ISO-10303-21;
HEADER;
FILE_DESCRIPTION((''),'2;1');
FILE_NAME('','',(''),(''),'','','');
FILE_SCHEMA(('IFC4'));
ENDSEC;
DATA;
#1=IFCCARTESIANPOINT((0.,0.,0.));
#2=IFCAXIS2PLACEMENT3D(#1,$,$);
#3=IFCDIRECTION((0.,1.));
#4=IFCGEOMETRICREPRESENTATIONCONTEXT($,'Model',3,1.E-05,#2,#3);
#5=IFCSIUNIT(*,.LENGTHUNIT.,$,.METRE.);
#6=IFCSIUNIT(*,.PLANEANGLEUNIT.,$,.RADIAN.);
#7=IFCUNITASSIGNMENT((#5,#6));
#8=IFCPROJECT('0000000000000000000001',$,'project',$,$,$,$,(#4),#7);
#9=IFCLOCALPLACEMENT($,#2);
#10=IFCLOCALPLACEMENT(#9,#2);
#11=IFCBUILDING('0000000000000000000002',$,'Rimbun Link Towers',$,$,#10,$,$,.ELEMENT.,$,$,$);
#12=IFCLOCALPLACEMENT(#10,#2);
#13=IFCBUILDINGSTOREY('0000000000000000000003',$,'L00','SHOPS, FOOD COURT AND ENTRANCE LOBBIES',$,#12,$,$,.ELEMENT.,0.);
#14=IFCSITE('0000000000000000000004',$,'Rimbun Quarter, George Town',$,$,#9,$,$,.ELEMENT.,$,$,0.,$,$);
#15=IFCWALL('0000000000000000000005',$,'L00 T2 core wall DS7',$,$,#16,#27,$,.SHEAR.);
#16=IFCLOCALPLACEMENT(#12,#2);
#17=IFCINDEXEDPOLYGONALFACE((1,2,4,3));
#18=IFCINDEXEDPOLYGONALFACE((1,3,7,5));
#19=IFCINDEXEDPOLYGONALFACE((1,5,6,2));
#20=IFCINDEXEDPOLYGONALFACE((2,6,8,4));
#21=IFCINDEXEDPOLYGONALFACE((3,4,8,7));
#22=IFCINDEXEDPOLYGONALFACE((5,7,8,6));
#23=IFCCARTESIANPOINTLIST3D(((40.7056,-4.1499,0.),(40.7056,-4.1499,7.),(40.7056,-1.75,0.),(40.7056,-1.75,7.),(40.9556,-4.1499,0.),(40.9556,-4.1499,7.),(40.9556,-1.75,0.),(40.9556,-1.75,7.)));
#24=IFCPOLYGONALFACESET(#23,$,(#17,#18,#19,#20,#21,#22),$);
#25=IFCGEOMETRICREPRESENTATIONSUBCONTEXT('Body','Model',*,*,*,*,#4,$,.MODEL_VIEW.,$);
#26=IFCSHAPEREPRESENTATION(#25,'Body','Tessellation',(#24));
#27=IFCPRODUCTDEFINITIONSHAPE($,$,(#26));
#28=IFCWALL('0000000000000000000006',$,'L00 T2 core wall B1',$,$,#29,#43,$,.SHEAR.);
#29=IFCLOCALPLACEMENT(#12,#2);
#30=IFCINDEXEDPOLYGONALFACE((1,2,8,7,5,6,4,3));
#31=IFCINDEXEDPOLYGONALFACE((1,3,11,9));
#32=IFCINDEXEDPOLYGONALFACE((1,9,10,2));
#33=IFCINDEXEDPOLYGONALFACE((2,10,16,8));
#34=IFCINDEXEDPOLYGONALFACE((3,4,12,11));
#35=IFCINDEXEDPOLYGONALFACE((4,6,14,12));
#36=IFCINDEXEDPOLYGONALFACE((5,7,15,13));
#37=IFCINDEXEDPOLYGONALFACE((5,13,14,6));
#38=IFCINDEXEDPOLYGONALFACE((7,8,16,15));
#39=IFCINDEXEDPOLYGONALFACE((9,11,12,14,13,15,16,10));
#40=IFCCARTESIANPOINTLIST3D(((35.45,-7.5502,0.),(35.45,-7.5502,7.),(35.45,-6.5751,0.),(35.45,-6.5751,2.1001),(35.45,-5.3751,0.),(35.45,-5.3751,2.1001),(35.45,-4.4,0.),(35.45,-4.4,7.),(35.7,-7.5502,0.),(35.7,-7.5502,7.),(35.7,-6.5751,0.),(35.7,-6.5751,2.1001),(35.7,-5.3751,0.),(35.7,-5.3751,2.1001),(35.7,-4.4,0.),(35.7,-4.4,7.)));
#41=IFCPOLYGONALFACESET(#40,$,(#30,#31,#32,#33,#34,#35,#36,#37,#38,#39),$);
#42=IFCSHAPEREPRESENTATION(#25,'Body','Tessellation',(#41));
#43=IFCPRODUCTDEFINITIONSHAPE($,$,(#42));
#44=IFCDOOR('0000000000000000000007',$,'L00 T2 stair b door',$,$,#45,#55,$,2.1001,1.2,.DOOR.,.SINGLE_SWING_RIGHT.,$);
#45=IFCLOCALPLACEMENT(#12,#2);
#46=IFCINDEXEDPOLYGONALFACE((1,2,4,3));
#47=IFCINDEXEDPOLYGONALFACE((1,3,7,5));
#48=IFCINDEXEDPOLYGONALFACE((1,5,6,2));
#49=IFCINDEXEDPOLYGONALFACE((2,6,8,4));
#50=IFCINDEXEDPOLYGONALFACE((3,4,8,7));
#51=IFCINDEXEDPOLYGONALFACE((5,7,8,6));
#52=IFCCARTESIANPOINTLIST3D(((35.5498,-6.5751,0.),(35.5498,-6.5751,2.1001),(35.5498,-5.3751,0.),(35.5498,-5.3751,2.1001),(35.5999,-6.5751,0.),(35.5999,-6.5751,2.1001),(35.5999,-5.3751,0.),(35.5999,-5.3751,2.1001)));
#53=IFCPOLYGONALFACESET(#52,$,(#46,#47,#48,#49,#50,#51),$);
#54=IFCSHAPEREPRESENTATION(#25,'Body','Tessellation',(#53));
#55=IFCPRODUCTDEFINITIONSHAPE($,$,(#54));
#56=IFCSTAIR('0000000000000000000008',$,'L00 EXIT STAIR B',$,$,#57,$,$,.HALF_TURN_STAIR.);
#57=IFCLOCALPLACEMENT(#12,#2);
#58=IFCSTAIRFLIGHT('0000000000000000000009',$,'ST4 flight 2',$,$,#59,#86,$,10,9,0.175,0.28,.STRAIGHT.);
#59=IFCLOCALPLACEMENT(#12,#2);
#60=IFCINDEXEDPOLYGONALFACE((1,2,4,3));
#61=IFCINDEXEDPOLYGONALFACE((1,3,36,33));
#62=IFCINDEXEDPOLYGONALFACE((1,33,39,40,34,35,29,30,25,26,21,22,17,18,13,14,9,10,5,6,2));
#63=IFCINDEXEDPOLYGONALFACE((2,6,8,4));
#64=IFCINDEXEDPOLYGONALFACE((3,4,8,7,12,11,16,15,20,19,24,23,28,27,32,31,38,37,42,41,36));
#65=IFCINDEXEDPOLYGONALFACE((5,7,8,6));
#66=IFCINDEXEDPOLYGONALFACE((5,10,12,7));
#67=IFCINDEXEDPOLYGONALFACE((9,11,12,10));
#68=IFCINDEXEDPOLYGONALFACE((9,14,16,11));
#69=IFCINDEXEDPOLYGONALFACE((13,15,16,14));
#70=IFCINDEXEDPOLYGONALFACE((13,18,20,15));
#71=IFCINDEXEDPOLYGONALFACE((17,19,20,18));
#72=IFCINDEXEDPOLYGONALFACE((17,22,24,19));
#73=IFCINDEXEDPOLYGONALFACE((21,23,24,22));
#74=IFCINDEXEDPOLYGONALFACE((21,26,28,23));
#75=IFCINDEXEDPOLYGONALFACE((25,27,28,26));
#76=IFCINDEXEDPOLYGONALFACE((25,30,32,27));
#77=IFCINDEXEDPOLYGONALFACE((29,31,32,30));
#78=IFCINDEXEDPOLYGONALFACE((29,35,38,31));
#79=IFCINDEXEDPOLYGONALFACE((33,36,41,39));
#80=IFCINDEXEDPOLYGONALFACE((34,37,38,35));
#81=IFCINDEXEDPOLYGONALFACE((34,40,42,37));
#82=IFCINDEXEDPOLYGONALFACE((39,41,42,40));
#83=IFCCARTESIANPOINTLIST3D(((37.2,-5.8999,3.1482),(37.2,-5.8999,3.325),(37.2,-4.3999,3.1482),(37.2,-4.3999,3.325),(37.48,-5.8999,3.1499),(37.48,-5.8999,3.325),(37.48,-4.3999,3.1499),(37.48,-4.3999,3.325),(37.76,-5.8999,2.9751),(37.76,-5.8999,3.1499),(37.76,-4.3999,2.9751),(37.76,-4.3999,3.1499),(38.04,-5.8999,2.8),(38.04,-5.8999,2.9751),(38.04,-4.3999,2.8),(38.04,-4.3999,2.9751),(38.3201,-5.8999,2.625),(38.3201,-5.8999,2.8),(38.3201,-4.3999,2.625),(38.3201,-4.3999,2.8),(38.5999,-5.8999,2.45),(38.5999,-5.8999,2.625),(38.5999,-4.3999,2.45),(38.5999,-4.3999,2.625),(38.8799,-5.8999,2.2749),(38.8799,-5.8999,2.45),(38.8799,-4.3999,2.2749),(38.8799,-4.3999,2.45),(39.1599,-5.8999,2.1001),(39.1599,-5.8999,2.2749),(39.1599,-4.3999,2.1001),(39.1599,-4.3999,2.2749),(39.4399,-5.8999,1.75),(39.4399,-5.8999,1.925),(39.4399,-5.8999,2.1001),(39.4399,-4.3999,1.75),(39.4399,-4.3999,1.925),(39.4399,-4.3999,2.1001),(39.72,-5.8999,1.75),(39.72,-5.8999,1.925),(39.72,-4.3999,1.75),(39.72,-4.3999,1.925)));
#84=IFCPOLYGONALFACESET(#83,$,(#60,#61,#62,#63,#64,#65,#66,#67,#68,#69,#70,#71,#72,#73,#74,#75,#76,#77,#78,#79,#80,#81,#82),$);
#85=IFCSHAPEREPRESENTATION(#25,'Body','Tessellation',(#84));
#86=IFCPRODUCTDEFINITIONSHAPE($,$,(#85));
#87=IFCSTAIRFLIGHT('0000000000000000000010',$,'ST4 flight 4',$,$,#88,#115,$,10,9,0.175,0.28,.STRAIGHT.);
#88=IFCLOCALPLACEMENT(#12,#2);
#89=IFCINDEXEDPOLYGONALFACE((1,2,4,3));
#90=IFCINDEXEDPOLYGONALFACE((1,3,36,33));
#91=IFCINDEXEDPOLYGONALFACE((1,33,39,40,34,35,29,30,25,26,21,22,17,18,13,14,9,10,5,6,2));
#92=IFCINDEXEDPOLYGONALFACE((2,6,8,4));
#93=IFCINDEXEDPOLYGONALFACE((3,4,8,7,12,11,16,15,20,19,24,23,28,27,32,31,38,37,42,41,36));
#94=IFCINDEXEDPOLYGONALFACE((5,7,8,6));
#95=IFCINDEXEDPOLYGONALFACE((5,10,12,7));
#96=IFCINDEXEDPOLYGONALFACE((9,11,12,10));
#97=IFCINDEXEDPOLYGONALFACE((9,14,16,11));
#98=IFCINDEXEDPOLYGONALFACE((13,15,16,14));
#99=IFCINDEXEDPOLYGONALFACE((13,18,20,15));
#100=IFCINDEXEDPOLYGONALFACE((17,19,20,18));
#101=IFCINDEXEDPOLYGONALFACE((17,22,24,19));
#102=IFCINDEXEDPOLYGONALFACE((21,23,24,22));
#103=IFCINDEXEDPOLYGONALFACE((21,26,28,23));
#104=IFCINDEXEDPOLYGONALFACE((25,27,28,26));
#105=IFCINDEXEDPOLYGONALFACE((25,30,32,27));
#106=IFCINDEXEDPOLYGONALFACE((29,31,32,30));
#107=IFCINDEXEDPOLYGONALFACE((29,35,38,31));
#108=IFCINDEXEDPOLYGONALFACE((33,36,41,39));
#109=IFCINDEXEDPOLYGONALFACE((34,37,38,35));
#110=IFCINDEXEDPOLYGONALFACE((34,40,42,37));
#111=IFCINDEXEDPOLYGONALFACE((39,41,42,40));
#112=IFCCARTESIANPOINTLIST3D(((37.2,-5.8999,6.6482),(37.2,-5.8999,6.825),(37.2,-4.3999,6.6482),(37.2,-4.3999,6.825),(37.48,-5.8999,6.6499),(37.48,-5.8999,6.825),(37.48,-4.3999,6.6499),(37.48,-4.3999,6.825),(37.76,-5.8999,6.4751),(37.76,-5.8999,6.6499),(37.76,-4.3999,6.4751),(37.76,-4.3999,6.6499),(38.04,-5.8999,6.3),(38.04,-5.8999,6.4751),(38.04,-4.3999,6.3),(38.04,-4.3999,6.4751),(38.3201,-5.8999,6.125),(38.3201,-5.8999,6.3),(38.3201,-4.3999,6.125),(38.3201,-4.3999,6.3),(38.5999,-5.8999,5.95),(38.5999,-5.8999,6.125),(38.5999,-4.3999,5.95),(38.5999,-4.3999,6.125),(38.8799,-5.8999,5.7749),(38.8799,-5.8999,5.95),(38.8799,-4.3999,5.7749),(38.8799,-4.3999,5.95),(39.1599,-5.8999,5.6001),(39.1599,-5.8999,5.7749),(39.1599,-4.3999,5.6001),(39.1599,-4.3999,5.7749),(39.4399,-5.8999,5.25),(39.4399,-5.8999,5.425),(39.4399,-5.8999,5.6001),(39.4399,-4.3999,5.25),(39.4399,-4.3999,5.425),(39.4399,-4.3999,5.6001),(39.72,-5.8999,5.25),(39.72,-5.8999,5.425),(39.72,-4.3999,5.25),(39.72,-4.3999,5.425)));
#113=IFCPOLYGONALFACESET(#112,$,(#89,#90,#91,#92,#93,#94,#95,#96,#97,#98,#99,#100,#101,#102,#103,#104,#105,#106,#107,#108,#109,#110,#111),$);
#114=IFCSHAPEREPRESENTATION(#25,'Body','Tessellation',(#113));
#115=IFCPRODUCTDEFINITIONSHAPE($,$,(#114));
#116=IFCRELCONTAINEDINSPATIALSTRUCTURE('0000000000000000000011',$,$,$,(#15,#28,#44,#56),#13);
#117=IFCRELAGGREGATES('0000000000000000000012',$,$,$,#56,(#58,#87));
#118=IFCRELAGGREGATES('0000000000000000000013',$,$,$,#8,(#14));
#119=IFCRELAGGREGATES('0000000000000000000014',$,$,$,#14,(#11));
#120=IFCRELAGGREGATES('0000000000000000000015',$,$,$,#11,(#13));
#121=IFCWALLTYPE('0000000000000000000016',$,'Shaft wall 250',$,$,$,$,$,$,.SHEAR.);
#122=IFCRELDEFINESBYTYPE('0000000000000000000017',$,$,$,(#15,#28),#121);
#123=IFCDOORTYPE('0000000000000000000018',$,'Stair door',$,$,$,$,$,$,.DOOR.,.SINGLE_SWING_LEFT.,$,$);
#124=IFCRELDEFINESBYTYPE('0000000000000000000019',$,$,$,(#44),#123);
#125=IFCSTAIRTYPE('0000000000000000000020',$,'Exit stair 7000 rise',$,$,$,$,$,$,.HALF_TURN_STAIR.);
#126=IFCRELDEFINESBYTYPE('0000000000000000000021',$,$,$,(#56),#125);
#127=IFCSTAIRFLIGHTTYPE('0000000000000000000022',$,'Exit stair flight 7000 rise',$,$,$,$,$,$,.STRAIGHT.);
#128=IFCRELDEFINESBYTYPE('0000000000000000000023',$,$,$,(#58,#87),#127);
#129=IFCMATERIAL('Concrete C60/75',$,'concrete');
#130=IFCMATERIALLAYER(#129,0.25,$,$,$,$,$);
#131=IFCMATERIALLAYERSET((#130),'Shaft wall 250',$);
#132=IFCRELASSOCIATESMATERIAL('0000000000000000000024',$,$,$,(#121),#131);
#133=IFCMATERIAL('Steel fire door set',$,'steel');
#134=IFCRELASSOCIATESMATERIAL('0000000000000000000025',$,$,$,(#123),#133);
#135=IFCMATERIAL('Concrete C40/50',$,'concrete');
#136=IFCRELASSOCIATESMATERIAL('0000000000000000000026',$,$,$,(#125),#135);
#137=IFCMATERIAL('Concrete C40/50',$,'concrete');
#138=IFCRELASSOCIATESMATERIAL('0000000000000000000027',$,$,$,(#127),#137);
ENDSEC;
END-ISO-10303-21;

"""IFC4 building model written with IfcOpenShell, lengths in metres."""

from ifc_helpers import new_model, si_unit, direction, frame, frame_2d, origin, place, context, subcontext, project, spatial, polyline, rectangle, outline, extrude, material, layer, layer_set, type_object, element, fill, aggregate, save


model = new_model("IFC4")

# Units and contexts
model_context = context("Model", 3, precision=1e-05, world=origin(), true_north=direction((0.0, 1.0)))
body_context = subcontext(model_context, "Body", "Model", "MODEL_VIEW")
ifc_project = project(units=[si_unit("LENGTHUNIT", "METRE"), si_unit("PLANEANGLEUNIT", "RADIAN")], contexts=[model_context])

# Site, building, storey
site_placement = place(None, origin())
site = spatial("IfcSite", under=ifc_project, at=site_placement, Name="Rimbun Quarter, George Town", CompositionType="ELEMENT", RefElevation=0.0)
building_placement = place(site_placement, origin())
building = spatial("IfcBuilding", under=site, at=building_placement, Name="Rimbun Link Towers", CompositionType="ELEMENT")
storey_placement = place(building_placement, origin())
storey = spatial("IfcBuildingStorey", under=building, at=storey_placement, Name="L00", Description="SHOPS, FOOD COURT AND ENTRANCE LOBBIES", CompositionType="ELEMENT", Elevation=0.0)

# Wall
ifc_material_1 = material(Name="Concrete C60/75", Category="concrete")
ifc_layer = layer(ifc_material_1, 0.25)
ifc_layer_set = layer_set([ifc_layer], Name="Shaft wall 250")
wall_type = type_object("IfcWallType", Name="Shaft wall 250", PredefinedType="SHEAR", material=ifc_layer_set)
for number, where, z_axis, x_axis, name in (
    (1, (40.8306, -4.1499, 0.0), (0.0, 0.0, 1.0), (0.0, 1.0, 0.0), "L00 T2 core wall DS7"),
):
    element("IfcWall", number, at=place(storey_placement, frame(where, z_axis=z_axis, x_axis=x_axis)), inside=storey, type_object=wall_type, Name=name, PredefinedType="SHEAR", context=body_context, shape_type="SweptSolid", body=[
        extrude(rectangle(XDim=2.3999, YDim=0.25, at=frame_2d((1.2, 0.0))), origin(), (0.0, 0.0, 1.0), 7.0),
    ])

# Wall, opening, door
wall_placement = place(storey_placement, frame((35.575, -4.3999, 0.0), z_axis=(0.0, 0.0, 1.0), x_axis=(0.0, -1.0, 0.0)))
wall = element("IfcWall", 2, at=wall_placement, inside=storey, type_object=wall_type, Name="L00 T2 core wall B1", PredefinedType="SHEAR", context=body_context, shape_type="SweptSolid", body=[
    extrude(rectangle(XDim=3.1501, YDim=0.25, at=frame_2d((1.5752, 0.0))), origin(), (0.0, 0.0, 1.0), 7.0),
])
opening_placement = place(wall_placement, frame((0.9751, 0.0, 0.0)))
opening = element("IfcOpeningElement", 3, at=opening_placement, cuts=wall, PredefinedType="OPENING", context=body_context, shape_type="SweptSolid", body=[
    extrude(rectangle(XDim=1.2, YDim=2.1001, at=frame_2d((0.6001, 1.05))), frame((0.0, 0.135, 0.0), z_axis=(0.0, -1.0, 0.0), x_axis=(1.0, 0.0, 0.0)), (0.0, 0.0, 1.0), 0.27),
])
ifc_material_2 = material(Name="Steel fire door set", Category="steel")
door_type = type_object("IfcDoorType", Name="Stair door", OperationType="SINGLE_SWING_LEFT", PredefinedType="DOOR", material=ifc_material_2)
door_placement = place(opening_placement, origin())
door = element("IfcDoor", 4, at=door_placement, inside=storey, type_object=door_type, Name="L00 T2 stair b door", OperationType="SINGLE_SWING_RIGHT", OverallHeight=2.1001, OverallWidth=1.2, PredefinedType="DOOR", context=body_context, shape_type="SweptSolid", body=[
    extrude(rectangle(XDim=1.2, YDim=2.1001, at=frame_2d((0.6001, 1.05))), frame((0.0, 0.0249, 0.0), z_axis=(0.0, -1.0, 0.0), x_axis=(1.0, 0.0, 0.0)), (0.0, 0.0, 1.0), 0.05),
])
fill(opening, door)

# Stair, stair flights
ifc_material_3 = material(Name="Concrete C40/50", Category="concrete")
stair_type = type_object("IfcStairType", Name="Exit stair 7000 rise", PredefinedType="HALF_TURN_STAIR", material=ifc_material_3)
stair_placement = place(storey_placement, origin())
stair = element("IfcStair", 5, at=stair_placement, inside=storey, type_object=stair_type, Name="L00 EXIT STAIR B", PredefinedType="HALF_TURN_STAIR")
ifc_material_4 = material(Name="Concrete C40/50", Category="concrete")
stair_flight_type = type_object("IfcStairFlightType", Name="Exit stair flight 7000 rise", PredefinedType="STRAIGHT", material=ifc_material_4)
stair_flight_1_placement = place(storey_placement, frame((39.72, -5.1499, 1.75), z_axis=(0.0, 0.0, 1.0), x_axis=(-1.0, 0.0, 0.0)))
stair_flight_1 = element("IfcStairFlight", 6, at=stair_flight_1_placement, type_object=stair_flight_type, Name="ST4 flight 2", NumberOfRisers=10, NumberOfTreads=9, PredefinedType="STRAIGHT", RiserHeight=0.175, TreadLength=0.28, context=body_context, shape_type="SweptSolid", body=[
    extrude(outline(polyline([(0.0, 0.0), (0.0, 0.175), (0.28, 0.175), (0.28, 0.3501), (0.5601, 0.3501), (0.5601, 0.5249), (0.8401, 0.5249), (0.8401, 0.7), (1.1201, 0.7), (1.1201, 0.875), (1.3999, 0.875), (1.3999, 1.05), (1.6799, 1.05), (1.6799, 1.2251), (1.96, 1.2251), (1.96, 1.3999), (2.24, 1.3999), (2.24, 1.575), (2.52, 1.575), (2.52, 1.75), (2.52, 1.3982), (0.28, 0.0), (0.0, 0.0)])), frame((0.0, 0.75, 0.0), z_axis=(0.0, -1.0, 0.0), x_axis=(1.0, 0.0, 0.0)), (0.0, 0.0, 1.0), 1.5),
])
stair_flight_2_placement = place(storey_placement, frame((39.72, -5.1499, 5.25), z_axis=(0.0, 0.0, 1.0), x_axis=(-1.0, 0.0, 0.0)))
stair_flight_2 = element("IfcStairFlight", 7, at=stair_flight_2_placement, type_object=stair_flight_type, Name="ST4 flight 4", NumberOfRisers=10, NumberOfTreads=9, PredefinedType="STRAIGHT", RiserHeight=0.175, TreadLength=0.28, context=body_context, shape_type="SweptSolid", body=[
    extrude(outline(polyline([(0.0, 0.0), (0.0, 0.175), (0.28, 0.175), (0.28, 0.3501), (0.5601, 0.3501), (0.5601, 0.5249), (0.8401, 0.5249), (0.8401, 0.7), (1.1201, 0.7), (1.1201, 0.875), (1.3999, 0.875), (1.3999, 1.05), (1.6799, 1.05), (1.6799, 1.2251), (1.96, 1.2251), (1.96, 1.3999), (2.24, 1.3999), (2.24, 1.575), (2.52, 1.575), (2.52, 1.75), (2.52, 1.3982), (0.28, 0.0), (0.0, 0.0)])), frame((0.0, 0.75, 0.0), z_axis=(0.0, -1.0, 0.0), x_axis=(1.0, 0.0, 0.0)), (0.0, 0.0, 1.0), 1.5),
])
aggregate(stair, [stair_flight_1, stair_flight_2])

save(model, "model.ifc")
